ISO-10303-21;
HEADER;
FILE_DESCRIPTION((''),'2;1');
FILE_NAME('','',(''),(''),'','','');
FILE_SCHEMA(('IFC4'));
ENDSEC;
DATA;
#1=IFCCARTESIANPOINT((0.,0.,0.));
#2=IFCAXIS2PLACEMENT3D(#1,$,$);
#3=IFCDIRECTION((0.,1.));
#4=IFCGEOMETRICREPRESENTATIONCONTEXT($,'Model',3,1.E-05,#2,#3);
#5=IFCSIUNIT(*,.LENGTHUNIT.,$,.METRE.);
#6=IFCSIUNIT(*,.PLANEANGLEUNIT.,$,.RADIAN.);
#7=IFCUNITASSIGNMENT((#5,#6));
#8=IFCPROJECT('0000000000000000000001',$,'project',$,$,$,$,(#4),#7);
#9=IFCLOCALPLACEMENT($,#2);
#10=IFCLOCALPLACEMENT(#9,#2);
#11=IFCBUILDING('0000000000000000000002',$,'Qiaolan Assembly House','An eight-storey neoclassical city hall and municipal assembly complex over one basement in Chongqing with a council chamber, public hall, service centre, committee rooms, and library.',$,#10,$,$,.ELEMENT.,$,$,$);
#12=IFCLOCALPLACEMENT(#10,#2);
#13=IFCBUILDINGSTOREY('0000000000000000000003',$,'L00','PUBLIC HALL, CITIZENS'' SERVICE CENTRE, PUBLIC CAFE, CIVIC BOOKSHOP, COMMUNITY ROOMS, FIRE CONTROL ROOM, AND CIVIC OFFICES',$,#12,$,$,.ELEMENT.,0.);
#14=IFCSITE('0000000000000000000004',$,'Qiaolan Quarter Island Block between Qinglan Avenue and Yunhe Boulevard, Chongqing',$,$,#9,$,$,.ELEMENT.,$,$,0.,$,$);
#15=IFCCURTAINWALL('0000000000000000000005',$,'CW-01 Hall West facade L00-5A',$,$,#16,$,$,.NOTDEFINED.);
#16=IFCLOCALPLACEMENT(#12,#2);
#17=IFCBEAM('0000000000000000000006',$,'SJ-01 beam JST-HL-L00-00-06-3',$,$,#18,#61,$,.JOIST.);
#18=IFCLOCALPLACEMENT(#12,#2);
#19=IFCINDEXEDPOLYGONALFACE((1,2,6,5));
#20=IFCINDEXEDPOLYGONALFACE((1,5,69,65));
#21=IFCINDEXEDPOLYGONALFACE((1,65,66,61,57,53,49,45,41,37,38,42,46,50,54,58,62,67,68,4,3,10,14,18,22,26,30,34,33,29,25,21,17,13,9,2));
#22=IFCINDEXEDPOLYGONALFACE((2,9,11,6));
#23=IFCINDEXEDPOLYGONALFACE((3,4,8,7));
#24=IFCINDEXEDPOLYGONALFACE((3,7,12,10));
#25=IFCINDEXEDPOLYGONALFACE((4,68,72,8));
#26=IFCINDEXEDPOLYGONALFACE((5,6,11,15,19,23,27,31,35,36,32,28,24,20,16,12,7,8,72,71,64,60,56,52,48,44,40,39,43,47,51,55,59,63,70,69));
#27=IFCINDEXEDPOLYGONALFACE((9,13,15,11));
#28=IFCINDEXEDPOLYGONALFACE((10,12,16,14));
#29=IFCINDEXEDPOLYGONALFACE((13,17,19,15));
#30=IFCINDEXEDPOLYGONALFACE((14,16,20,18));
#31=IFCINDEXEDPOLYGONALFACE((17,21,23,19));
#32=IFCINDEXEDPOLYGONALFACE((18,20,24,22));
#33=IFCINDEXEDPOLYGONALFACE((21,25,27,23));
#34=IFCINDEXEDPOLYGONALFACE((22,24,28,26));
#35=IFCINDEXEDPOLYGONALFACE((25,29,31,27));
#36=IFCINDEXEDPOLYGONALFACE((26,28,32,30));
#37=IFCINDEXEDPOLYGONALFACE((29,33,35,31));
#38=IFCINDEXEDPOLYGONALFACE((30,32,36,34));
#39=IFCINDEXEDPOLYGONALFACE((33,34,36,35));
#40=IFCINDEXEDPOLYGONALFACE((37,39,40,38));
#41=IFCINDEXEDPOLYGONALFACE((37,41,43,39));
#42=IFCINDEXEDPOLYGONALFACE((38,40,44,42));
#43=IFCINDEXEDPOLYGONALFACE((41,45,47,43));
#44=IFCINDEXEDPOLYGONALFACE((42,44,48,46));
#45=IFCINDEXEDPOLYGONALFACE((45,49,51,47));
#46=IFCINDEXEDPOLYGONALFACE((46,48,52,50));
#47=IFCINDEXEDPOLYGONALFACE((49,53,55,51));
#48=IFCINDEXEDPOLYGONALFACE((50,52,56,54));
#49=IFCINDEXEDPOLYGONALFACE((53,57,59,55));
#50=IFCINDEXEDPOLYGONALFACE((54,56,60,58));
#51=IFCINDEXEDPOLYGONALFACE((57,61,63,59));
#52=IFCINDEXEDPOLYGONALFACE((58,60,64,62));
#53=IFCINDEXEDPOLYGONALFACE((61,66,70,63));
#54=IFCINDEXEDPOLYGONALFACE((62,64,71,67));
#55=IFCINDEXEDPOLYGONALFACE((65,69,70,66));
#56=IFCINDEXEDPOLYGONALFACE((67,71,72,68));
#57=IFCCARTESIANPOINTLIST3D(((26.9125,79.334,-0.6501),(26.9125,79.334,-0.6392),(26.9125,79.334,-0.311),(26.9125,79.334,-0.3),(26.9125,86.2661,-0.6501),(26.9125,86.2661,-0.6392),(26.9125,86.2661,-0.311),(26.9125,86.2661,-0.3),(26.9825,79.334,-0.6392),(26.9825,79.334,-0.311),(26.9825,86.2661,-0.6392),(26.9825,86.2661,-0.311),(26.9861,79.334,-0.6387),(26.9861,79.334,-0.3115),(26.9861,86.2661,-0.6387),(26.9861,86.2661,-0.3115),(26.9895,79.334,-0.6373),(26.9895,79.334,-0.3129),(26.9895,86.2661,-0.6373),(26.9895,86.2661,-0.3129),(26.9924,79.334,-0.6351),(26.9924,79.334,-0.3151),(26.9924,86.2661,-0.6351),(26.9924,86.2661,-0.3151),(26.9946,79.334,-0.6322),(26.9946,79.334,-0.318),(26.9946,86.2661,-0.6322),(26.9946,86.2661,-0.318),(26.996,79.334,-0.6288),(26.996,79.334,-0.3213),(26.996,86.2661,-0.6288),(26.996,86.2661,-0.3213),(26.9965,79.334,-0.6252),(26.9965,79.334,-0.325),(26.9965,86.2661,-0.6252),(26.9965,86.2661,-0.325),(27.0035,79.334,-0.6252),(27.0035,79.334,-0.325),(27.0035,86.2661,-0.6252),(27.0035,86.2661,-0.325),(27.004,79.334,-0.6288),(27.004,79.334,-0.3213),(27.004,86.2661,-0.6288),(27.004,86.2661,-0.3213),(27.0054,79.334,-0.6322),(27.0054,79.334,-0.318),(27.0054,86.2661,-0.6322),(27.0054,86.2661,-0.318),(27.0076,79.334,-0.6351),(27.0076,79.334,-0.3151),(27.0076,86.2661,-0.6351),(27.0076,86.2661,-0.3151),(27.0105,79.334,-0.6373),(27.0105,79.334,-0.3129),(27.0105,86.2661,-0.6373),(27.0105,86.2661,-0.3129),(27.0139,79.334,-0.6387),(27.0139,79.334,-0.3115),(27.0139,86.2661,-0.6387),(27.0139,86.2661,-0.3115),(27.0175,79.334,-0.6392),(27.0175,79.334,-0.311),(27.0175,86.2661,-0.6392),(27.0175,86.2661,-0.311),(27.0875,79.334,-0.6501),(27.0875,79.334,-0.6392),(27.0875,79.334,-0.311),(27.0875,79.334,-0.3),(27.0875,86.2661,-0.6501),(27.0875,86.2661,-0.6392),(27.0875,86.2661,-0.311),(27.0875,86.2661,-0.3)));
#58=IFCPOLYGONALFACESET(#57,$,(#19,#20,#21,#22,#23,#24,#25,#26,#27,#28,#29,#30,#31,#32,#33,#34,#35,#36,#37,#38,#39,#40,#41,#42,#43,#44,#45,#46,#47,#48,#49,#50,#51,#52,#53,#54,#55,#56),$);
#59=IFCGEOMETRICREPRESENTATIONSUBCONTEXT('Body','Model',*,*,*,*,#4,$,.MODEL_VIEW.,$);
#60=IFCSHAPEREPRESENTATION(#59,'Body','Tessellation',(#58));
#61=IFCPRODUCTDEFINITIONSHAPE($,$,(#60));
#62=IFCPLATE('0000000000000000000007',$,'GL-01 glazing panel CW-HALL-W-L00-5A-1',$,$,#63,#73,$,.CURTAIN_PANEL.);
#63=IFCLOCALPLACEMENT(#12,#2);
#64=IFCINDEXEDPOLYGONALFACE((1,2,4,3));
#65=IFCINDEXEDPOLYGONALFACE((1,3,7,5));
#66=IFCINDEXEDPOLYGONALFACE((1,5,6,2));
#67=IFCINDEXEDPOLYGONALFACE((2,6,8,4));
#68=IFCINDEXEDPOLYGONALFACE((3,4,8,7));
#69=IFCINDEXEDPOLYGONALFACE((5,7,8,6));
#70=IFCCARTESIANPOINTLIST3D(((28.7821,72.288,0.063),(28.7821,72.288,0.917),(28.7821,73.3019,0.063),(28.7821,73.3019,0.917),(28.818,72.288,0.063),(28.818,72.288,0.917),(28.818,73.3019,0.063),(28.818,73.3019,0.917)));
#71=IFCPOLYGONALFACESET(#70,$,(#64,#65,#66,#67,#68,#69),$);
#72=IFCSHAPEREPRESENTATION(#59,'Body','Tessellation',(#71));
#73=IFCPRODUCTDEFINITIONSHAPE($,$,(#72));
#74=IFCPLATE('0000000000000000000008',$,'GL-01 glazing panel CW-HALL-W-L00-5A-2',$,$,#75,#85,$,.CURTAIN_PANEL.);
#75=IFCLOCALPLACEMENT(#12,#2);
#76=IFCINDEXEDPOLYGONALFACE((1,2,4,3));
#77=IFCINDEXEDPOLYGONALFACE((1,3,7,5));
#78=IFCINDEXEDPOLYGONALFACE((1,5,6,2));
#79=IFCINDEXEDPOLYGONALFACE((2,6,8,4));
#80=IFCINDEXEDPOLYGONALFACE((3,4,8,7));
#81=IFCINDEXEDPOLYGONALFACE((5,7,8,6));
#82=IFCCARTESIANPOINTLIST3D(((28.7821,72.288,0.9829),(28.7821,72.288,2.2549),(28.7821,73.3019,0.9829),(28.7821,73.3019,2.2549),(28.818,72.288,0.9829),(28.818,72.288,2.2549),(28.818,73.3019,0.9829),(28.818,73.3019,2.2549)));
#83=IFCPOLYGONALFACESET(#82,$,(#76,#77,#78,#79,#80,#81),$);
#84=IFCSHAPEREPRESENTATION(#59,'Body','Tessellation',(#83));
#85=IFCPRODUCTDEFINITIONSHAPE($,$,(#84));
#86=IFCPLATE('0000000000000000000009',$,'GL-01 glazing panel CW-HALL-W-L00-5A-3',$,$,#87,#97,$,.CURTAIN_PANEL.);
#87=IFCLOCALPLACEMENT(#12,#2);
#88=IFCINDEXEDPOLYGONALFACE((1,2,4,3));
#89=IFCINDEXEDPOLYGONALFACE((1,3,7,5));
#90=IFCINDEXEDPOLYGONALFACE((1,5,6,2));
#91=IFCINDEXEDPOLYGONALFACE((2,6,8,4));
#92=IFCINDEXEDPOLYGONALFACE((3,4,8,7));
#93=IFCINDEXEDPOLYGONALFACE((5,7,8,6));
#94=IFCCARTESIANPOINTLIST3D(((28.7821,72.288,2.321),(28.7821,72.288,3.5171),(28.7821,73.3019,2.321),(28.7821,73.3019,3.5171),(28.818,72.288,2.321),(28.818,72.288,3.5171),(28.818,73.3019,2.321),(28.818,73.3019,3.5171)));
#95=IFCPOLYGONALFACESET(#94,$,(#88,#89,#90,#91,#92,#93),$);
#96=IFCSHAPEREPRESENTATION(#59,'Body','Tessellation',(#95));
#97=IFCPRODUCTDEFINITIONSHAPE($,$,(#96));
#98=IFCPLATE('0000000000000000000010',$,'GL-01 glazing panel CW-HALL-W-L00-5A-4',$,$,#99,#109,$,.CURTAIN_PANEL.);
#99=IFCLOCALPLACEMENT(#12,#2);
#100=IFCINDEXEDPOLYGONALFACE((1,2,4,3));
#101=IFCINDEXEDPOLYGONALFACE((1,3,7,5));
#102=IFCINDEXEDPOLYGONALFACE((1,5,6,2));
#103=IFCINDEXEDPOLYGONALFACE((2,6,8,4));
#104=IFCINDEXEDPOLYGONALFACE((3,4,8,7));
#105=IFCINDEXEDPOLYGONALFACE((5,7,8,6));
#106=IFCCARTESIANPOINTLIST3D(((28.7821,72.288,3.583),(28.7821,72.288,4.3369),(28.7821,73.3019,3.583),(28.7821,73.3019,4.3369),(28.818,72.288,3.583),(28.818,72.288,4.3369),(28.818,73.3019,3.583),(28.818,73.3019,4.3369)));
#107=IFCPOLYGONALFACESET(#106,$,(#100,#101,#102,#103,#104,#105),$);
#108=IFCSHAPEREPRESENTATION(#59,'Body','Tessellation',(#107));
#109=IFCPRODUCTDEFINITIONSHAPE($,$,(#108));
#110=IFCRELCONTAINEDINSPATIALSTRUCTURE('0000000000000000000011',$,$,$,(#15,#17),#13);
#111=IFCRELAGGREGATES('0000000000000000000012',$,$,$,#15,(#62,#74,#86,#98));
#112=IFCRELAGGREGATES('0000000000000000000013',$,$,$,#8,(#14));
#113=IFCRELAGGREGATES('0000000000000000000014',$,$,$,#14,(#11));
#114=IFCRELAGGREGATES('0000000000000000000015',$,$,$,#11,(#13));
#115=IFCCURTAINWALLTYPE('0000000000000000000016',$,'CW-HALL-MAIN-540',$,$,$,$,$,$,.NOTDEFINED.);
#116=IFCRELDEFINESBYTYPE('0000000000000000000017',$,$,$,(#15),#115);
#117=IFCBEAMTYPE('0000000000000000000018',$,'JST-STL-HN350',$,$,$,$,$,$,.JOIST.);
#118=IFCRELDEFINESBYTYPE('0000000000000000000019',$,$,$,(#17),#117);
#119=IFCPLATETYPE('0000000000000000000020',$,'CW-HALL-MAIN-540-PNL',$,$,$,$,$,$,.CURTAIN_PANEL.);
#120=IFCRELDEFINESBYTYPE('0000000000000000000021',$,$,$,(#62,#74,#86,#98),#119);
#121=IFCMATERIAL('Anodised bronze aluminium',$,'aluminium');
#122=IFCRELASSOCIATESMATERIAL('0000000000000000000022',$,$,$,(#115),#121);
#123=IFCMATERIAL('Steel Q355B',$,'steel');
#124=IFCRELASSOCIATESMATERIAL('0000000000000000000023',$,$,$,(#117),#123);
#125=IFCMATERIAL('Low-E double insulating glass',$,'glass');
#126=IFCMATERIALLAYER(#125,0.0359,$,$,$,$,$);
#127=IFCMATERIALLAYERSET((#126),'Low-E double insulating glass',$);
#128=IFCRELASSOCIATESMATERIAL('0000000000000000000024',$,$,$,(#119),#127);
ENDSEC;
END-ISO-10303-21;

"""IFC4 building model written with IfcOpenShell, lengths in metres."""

from ifc_helpers import new_model, si_unit, direction, frame, frame_2d, origin, origin_2d, place, context, subcontext, project, spatial, rectangle, i_section, extrude, material, layer, layer_set, material_profile, profile_set, type_object, element, aggregate, save


model = new_model("IFC4")

# Units and contexts
model_context = context("Model", 3, precision=1e-05, world=origin(), true_north=direction((0.0, 1.0)))
body_context = subcontext(model_context, "Body", "Model", "MODEL_VIEW")
ifc_project = project(units=[si_unit("LENGTHUNIT", "METRE"), si_unit("PLANEANGLEUNIT", "RADIAN")], contexts=[model_context])

# Site, building, storey
site_placement = place(None, origin())
site = spatial("IfcSite", under=ifc_project, at=site_placement, Name="Qiaolan Quarter Island Block between Qinglan Avenue and Yunhe Boulevard, Chongqing", CompositionType="ELEMENT", RefElevation=0.0)
building_placement = place(site_placement, origin())
building = spatial("IfcBuilding", under=site, at=building_placement, Name="Qiaolan Assembly House", Description="An eight-storey neoclassical city hall and municipal assembly complex over one basement in Chongqing with a council chamber, public hall, service centre, committee rooms, and library.", CompositionType="ELEMENT")
storey_placement = place(building_placement, origin())
storey = spatial("IfcBuildingStorey", under=building, at=storey_placement, Name="L00", Description="PUBLIC HALL, CITIZENS' SERVICE CENTRE, PUBLIC CAFE, CIVIC BOOKSHOP, COMMUNITY ROOMS, FIRE CONTROL ROOM, AND CIVIC OFFICES", CompositionType="ELEMENT", Elevation=0.0)

# Shared definitions
ifc_material_1 = material(Name="Steel Q355B", Category="steel")

# Curtain wall
ifc_material_2 = material(Name="Anodised bronze aluminium", Category="aluminium")
curtain_wall_type = type_object("IfcCurtainWallType", Name="CW-HALL-MAIN-540", PredefinedType="NOTDEFINED", material=ifc_material_2)
curtain_wall_placement = place(storey_placement, origin())
curtain_wall = element("IfcCurtainWall", 1, at=curtain_wall_placement, inside=storey, type_object=curtain_wall_type, Name="CW-01 Hall West facade L00-5A", PredefinedType="NOTDEFINED")

# Beam
ifc_material_profile_1 = material_profile(ifc_material_1, i_section(OverallWidth=0.175, OverallDepth=0.3501, WebThickness=0.0071, FlangeThickness=0.011, FilletRadius=0.0139, at=origin_2d()), Name="HN 350x175x7x11")
ifc_profile_set_1 = profile_set([ifc_material_profile_1], Name="Steel Q355B")
beam_type_1 = type_object("IfcBeamType", Name="JST-STL-HN350", PredefinedType="JOIST", material=ifc_profile_set_1)
for number, where, z_axis, x_axis, name in (
    (2, (27.0, 79.334, -0.4751), (0.0, 1.0, 0.0), (-1.0, 0.0, 0.0), "SJ-01 beam JST-HL-L00-00-06-3"),
):
    element("IfcBeam", number, at=place(storey_placement, frame(where, z_axis=z_axis, x_axis=x_axis)), inside=storey, type_object=beam_type_1, Name=name, PredefinedType="JOIST", context=body_context, shape_type="SweptSolid", body=[
        extrude(i_section(OverallWidth=0.175, OverallDepth=0.3501, WebThickness=0.0071, FlangeThickness=0.011, FilletRadius=0.0139, at=origin_2d()), origin(), (0.0, 0.0, 1.0), 6.9321),
    ])

# Plates
ifc_material_3 = material(Name="Low-E double insulating glass", Category="glass")
ifc_layer = layer(ifc_material_3, 0.0359)
ifc_layer_set = layer_set([ifc_layer], Name="Low-E double insulating glass")
plate_type = type_object("IfcPlateType", Name="CW-HALL-MAIN-540-PNL", PredefinedType="CURTAIN_PANEL", material=ifc_layer_set)
plate_1_placement = place(storey_placement, frame((28.8, 72.2881, 0.063), z_axis=(0.0, 0.0, 1.0), x_axis=(0.0, 1.0, 0.0)))
plate_1 = element("IfcPlate", 3, at=plate_1_placement, type_object=plate_type, Name="GL-01 glazing panel CW-HALL-W-L00-5A-1", PredefinedType="CURTAIN_PANEL", context=body_context, shape_type="SweptSolid", body=[
    extrude(rectangle(XDim=1.0139, YDim=0.0359, at=frame_2d((0.5068, 0.0))), origin(), (0.0, 0.0, 1.0), 0.854),
])
plate_2_placement = place(storey_placement, frame((28.8, 72.2881, 0.9829), z_axis=(0.0, 0.0, 1.0), x_axis=(0.0, 1.0, 0.0)))
plate_2 = element("IfcPlate", 4, at=plate_2_placement, type_object=plate_type, Name="GL-01 glazing panel CW-HALL-W-L00-5A-2", PredefinedType="CURTAIN_PANEL", context=body_context, shape_type="SweptSolid", body=[
    extrude(rectangle(XDim=1.0139, YDim=0.0359, at=frame_2d((0.5068, 0.0))), origin(), (0.0, 0.0, 1.0), 1.272),
])
plate_3_placement = place(storey_placement, frame((28.8, 72.2881, 2.321), z_axis=(0.0, 0.0, 1.0), x_axis=(0.0, 1.0, 0.0)))
plate_3 = element("IfcPlate", 5, at=plate_3_placement, type_object=plate_type, Name="GL-01 glazing panel CW-HALL-W-L00-5A-3", PredefinedType="CURTAIN_PANEL", context=body_context, shape_type="SweptSolid", body=[
    extrude(rectangle(XDim=1.0139, YDim=0.0359, at=frame_2d((0.5068, 0.0))), origin(), (0.0, 0.0, 1.0), 1.196),
])
plate_4_placement = place(storey_placement, frame((28.8, 72.2881, 3.583), z_axis=(0.0, 0.0, 1.0), x_axis=(0.0, 1.0, 0.0)))
plate_4 = element("IfcPlate", 6, at=plate_4_placement, type_object=plate_type, Name="GL-01 glazing panel CW-HALL-W-L00-5A-4", PredefinedType="CURTAIN_PANEL", context=body_context, shape_type="SweptSolid", body=[
    extrude(rectangle(XDim=1.0139, YDim=0.0359, at=frame_2d((0.5068, 0.0))), origin(), (0.0, 0.0, 1.0), 0.7539),
])
aggregate(curtain_wall, [plate_1, plate_2, plate_3, plate_4])

save(model, "model.ifc")
